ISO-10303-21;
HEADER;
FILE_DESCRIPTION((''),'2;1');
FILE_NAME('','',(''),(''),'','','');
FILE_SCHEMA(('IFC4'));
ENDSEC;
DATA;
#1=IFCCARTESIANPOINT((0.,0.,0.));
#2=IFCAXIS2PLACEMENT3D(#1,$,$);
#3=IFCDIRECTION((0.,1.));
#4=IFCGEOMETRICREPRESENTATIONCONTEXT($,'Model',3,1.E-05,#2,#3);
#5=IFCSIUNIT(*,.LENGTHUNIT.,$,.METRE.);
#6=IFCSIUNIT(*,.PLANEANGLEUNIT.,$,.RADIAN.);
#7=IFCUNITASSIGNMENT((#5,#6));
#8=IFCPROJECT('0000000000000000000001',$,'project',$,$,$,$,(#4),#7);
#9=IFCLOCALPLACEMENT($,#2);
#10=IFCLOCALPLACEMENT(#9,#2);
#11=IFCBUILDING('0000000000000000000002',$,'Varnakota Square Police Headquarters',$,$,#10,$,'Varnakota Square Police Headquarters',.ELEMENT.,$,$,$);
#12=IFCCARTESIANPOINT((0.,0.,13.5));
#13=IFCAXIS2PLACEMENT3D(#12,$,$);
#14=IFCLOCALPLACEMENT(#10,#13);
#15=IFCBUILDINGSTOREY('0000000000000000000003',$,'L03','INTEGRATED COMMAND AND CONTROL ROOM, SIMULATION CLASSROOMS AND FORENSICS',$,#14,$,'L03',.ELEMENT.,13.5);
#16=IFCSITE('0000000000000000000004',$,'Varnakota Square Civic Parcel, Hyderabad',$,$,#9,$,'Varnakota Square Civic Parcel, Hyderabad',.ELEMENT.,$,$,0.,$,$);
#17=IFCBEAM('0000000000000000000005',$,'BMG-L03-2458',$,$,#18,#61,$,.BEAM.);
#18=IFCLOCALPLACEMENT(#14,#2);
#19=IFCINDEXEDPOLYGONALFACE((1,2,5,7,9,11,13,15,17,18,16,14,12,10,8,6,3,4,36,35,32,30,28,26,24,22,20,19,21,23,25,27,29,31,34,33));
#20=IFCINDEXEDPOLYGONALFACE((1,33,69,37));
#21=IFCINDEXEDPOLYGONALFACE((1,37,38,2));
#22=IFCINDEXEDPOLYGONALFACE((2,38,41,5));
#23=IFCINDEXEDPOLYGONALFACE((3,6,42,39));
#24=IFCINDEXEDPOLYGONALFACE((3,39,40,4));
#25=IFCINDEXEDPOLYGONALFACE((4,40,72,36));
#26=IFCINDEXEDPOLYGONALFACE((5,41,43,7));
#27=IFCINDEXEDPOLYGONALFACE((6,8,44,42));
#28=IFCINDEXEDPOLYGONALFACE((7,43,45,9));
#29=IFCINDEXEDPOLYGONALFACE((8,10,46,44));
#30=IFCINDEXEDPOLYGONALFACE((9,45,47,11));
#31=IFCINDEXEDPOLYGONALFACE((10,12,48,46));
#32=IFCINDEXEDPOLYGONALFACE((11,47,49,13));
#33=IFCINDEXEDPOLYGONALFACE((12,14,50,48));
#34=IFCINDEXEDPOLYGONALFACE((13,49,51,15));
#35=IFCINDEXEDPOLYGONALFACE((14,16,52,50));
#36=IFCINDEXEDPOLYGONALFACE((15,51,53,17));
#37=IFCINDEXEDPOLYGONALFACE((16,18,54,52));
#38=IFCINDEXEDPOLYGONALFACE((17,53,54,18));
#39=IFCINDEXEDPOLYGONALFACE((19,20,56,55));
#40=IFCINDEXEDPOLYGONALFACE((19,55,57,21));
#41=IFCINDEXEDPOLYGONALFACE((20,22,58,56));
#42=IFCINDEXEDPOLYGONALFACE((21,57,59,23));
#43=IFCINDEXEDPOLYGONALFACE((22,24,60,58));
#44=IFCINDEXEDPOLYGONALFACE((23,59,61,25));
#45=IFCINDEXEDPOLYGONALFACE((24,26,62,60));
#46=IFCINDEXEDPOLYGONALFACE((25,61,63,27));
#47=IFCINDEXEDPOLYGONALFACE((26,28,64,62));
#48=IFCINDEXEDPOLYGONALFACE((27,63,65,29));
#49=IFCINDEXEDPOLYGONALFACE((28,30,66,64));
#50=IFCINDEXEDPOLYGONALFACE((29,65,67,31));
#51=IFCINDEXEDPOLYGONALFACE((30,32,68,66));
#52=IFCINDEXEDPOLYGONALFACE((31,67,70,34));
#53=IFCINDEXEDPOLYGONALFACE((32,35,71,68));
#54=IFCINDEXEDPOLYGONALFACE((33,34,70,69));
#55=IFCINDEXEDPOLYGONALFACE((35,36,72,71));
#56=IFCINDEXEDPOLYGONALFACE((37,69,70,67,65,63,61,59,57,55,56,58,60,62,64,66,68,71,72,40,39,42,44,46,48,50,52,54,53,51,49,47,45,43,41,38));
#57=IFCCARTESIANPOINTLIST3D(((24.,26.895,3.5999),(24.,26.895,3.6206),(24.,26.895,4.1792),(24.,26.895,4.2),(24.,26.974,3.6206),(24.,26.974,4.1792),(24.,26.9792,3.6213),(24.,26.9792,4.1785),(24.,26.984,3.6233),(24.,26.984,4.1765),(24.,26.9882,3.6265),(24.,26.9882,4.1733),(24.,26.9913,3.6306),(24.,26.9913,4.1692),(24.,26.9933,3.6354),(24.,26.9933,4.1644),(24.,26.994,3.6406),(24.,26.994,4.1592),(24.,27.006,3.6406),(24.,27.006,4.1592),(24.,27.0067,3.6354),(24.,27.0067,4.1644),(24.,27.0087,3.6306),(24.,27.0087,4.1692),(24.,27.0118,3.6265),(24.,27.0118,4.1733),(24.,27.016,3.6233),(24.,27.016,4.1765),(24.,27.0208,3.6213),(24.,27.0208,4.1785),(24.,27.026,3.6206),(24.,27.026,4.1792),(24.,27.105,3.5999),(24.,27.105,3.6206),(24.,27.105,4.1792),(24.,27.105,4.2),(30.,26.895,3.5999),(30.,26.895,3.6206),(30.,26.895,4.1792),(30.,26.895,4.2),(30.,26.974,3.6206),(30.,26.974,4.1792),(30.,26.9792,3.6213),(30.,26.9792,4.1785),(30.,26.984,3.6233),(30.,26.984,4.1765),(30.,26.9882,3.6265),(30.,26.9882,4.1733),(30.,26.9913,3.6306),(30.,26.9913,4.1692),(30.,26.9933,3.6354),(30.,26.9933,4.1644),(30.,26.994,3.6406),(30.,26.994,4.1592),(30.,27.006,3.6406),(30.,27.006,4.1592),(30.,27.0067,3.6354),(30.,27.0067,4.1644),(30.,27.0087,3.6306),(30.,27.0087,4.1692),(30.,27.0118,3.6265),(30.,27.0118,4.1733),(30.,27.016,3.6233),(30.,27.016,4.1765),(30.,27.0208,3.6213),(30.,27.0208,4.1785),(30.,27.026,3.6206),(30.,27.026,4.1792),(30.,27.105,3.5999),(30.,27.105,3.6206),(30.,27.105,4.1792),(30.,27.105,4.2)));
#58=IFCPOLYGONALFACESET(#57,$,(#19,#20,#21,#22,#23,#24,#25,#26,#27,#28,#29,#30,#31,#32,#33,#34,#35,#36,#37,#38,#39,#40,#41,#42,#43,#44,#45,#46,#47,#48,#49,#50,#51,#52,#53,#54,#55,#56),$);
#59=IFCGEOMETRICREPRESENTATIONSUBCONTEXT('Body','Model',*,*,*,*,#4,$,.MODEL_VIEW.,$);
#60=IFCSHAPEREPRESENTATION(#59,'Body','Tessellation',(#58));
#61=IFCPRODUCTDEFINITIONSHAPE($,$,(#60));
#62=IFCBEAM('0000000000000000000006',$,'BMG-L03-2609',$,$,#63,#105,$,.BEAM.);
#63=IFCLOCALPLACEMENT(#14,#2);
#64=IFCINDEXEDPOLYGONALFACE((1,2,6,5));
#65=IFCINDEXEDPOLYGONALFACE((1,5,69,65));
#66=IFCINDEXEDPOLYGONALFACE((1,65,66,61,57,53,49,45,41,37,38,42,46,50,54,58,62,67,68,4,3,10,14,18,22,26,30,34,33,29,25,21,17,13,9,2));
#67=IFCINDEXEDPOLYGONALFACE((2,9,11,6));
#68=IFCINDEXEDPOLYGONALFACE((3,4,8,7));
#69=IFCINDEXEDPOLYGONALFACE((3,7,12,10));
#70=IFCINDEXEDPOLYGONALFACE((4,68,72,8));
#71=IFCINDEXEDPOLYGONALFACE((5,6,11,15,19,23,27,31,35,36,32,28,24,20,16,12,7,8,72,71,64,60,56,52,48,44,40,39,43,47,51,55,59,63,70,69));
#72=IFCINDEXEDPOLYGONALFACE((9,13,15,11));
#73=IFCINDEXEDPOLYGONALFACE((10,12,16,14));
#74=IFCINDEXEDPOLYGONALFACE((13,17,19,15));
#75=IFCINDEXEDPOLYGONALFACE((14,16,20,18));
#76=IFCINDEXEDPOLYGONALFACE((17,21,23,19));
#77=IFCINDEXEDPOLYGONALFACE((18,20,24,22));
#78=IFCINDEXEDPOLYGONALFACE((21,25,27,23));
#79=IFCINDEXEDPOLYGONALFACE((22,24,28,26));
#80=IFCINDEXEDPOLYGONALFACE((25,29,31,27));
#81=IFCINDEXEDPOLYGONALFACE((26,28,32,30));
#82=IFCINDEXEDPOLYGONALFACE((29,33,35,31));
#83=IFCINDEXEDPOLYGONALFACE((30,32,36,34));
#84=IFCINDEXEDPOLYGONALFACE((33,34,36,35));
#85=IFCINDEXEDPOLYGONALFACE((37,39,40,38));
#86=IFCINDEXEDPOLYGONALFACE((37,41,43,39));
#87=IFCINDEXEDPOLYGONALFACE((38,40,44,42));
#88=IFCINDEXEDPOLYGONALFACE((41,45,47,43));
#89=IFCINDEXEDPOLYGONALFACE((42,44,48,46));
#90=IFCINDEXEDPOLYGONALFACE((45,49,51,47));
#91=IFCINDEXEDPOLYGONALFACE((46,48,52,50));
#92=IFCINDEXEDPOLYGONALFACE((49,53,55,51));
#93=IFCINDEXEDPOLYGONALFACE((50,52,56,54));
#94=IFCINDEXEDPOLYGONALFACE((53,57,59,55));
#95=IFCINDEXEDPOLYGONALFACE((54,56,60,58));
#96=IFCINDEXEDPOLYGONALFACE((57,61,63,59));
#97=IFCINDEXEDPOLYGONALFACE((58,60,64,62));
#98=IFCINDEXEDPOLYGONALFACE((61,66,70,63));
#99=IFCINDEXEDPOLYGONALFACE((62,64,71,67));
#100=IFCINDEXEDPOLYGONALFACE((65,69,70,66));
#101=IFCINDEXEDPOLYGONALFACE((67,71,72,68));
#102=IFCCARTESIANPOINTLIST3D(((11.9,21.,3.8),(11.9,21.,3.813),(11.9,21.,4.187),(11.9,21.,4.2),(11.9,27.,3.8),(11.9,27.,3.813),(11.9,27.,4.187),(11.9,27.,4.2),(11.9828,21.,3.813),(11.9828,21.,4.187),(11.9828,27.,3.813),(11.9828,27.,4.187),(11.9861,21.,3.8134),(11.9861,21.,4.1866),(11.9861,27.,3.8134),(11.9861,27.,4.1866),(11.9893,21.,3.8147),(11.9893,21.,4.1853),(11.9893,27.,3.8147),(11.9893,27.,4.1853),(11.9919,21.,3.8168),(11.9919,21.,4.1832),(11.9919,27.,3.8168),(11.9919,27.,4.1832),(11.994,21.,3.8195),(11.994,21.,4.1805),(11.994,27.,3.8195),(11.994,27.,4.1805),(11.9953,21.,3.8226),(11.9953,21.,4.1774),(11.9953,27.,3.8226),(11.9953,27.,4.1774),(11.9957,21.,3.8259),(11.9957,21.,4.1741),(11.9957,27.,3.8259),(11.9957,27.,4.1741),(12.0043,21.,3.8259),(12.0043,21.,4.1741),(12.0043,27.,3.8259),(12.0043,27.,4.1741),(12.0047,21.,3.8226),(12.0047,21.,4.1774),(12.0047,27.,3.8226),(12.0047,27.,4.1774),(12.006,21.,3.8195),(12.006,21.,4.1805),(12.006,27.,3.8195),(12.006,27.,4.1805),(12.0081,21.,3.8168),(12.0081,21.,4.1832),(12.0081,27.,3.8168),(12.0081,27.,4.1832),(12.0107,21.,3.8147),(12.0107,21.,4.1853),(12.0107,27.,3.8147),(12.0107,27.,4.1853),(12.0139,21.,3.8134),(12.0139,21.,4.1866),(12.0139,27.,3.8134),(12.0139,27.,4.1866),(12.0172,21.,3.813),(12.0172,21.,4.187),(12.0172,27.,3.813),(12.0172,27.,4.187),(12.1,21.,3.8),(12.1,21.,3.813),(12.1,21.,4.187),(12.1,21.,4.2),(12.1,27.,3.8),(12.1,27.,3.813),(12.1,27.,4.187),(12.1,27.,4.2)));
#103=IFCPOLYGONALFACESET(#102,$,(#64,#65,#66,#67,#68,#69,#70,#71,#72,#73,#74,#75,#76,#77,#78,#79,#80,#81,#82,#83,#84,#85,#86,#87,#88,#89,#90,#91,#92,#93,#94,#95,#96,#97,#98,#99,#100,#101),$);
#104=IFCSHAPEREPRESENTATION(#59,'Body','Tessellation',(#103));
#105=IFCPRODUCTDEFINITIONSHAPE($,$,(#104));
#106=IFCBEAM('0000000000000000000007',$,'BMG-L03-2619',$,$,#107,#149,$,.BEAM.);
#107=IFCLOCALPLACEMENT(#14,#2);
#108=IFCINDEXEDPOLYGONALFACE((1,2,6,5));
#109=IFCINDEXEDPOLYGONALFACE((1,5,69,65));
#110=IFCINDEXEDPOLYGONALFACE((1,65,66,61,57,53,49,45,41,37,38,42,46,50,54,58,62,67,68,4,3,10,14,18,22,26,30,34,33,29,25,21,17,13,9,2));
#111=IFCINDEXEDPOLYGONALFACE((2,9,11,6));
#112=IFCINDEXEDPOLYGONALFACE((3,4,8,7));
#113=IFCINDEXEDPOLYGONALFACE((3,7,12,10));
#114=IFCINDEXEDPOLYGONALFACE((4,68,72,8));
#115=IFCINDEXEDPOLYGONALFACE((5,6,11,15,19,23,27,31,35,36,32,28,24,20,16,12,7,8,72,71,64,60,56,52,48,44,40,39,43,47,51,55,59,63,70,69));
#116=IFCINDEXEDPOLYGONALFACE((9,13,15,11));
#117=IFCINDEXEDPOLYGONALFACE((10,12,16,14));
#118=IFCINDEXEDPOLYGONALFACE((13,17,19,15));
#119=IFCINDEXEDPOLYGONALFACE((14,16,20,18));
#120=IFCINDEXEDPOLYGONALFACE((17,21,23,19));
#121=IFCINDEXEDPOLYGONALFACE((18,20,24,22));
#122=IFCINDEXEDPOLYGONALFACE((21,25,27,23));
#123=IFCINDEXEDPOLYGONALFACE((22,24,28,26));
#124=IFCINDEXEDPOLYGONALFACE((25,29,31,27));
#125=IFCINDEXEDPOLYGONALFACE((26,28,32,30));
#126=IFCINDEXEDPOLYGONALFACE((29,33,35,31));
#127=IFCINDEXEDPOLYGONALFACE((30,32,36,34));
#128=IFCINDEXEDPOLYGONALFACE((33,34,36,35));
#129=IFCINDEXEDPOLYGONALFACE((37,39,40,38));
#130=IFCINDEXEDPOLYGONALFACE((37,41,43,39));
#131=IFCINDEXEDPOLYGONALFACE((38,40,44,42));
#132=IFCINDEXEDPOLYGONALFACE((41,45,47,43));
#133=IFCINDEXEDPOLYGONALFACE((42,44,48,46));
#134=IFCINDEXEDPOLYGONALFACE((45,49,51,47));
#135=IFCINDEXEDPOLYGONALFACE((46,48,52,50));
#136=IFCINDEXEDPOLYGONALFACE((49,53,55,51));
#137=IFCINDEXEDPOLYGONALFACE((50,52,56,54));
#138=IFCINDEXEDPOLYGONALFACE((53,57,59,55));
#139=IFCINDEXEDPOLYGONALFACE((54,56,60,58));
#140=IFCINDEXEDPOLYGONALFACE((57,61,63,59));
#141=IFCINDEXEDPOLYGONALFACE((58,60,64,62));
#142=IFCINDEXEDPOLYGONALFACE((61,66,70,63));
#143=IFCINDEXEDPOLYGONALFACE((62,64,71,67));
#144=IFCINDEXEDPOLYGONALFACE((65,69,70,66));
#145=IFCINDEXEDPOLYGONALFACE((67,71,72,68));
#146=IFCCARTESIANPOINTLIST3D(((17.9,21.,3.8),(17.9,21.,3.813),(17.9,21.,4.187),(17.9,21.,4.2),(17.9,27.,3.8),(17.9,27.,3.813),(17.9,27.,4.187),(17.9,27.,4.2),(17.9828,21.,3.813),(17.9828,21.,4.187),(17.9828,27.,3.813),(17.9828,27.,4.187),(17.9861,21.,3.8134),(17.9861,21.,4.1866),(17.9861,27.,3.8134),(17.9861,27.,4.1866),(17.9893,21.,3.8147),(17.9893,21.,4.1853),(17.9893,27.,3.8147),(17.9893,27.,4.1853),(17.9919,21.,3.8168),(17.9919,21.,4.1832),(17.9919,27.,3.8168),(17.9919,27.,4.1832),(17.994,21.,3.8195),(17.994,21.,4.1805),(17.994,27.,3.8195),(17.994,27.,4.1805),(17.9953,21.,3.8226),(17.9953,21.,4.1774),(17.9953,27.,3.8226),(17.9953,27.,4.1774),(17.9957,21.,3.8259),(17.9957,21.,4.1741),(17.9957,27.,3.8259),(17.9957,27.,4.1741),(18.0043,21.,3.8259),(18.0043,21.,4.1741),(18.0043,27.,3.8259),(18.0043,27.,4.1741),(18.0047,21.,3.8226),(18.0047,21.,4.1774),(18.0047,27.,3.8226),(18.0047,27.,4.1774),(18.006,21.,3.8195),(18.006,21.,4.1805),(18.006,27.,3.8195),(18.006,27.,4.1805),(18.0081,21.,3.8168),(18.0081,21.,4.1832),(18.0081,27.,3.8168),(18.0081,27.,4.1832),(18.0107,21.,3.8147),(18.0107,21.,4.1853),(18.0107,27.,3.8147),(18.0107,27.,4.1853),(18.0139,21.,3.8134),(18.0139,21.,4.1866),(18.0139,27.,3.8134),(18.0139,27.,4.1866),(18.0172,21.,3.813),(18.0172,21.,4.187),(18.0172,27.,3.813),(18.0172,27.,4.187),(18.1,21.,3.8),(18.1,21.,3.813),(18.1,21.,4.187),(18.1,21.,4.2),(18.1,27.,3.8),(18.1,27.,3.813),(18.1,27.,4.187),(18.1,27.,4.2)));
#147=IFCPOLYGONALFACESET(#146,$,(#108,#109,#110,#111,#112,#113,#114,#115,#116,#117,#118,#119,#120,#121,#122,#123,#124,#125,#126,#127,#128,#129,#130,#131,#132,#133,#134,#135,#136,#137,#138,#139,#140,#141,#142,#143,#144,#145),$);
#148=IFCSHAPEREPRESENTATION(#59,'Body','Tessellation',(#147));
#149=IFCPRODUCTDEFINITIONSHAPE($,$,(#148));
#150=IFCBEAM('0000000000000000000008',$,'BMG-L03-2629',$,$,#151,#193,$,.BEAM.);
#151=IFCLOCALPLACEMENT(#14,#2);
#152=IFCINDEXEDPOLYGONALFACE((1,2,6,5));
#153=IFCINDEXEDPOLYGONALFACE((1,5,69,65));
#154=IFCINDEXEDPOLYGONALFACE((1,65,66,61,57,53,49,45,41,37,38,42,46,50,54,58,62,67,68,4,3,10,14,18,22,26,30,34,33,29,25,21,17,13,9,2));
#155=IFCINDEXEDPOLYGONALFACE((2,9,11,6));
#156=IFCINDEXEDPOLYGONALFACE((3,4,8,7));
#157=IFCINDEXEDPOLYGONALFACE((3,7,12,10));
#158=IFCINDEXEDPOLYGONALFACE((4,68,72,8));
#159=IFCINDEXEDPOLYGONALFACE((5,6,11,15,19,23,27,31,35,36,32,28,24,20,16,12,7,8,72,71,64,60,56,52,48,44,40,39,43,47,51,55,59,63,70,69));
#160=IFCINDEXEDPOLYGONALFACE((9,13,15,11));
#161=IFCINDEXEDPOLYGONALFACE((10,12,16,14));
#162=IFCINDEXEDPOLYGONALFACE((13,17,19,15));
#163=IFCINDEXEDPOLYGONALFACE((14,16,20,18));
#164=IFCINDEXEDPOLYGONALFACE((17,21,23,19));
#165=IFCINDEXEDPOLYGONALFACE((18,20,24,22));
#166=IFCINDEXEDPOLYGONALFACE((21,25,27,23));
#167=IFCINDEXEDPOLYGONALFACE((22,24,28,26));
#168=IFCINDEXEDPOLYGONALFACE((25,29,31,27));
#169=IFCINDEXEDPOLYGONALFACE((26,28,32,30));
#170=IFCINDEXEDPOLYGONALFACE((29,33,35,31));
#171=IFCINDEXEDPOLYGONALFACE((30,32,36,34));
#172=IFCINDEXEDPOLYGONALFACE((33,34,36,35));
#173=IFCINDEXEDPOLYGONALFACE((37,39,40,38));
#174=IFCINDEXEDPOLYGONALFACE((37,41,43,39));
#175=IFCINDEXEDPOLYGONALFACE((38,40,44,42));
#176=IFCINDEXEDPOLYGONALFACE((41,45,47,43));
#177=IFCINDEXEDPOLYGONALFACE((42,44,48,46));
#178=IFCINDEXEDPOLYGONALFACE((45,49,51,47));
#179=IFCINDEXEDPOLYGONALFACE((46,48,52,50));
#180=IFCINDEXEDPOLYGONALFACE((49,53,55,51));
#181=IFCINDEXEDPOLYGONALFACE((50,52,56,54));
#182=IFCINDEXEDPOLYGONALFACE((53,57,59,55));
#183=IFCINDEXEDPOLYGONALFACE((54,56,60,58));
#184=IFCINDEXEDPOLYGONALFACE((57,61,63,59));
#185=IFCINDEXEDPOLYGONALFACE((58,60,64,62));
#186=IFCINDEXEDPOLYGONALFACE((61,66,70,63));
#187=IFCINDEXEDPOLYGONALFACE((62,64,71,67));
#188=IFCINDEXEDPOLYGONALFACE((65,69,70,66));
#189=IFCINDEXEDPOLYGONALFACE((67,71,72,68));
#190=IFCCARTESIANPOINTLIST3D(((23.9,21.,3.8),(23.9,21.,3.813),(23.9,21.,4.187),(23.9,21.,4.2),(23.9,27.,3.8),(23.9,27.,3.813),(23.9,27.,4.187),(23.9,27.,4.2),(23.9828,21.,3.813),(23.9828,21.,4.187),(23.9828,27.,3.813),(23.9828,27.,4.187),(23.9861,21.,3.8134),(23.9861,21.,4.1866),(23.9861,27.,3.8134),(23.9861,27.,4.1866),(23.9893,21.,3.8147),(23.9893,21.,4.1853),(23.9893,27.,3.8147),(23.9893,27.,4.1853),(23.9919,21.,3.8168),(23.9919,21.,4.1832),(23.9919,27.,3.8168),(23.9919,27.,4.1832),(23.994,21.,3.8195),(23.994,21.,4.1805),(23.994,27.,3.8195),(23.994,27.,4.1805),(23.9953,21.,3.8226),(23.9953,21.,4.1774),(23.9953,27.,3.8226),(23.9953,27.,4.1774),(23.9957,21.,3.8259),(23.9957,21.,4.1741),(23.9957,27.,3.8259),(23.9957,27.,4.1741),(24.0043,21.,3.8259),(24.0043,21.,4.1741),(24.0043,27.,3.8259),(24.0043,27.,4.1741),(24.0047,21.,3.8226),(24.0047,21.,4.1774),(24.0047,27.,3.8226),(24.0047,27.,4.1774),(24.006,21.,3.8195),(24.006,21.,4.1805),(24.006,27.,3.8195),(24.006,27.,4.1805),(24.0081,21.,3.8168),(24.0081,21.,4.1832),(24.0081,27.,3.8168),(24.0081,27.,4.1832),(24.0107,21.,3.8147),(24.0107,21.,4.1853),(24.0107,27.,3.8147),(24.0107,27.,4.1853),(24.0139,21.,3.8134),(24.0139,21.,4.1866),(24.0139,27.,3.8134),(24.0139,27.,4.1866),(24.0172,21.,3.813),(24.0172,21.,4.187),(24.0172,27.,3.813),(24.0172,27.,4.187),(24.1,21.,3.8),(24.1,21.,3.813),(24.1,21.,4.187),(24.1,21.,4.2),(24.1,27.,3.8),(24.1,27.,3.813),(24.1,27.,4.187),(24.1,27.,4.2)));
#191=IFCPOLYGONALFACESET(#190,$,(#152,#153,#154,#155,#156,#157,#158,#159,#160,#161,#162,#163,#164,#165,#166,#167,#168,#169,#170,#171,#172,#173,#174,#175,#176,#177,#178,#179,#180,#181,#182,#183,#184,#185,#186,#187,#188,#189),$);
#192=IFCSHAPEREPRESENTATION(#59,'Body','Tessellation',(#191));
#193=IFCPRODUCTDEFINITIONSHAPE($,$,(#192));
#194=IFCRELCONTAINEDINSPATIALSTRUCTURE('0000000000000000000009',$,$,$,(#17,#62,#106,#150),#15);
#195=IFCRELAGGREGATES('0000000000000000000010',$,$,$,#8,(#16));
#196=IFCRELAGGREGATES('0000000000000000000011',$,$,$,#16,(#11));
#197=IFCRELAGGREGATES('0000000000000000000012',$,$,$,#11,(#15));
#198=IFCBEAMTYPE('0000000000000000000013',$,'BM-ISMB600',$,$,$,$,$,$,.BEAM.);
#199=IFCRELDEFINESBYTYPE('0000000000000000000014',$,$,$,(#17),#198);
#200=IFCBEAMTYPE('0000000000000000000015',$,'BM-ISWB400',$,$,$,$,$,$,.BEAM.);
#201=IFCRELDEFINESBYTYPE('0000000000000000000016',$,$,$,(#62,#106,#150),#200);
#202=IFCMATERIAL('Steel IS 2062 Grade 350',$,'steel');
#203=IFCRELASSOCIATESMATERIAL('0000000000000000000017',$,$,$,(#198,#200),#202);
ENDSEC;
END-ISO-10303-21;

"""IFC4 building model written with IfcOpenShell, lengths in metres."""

from ifc_helpers import new_model, si_unit, direction, frame, origin, origin_2d, place, context, subcontext, project, spatial, i_section, extrude, material, material_profile, profile_set, type_object, element, save


model = new_model("IFC4")

# Units and contexts
model_context = context("Model", 3, precision=1e-05, world=origin(), true_north=direction((0.0, 1.0)))
body_context = subcontext(model_context, "Body", "Model", "MODEL_VIEW")
ifc_project = project(units=[si_unit("LENGTHUNIT", "METRE"), si_unit("PLANEANGLEUNIT", "RADIAN")], contexts=[model_context])

# Site, building, storey
site_placement = place(None, origin())
site = spatial("IfcSite", under=ifc_project, at=site_placement, Name="Varnakota Square Civic Parcel, Hyderabad", LongName="Varnakota Square Civic Parcel, Hyderabad", CompositionType="ELEMENT", RefElevation=0.0)
building_placement = place(site_placement, origin())
building = spatial("IfcBuilding", under=site, at=building_placement, Name="Varnakota Square Police Headquarters", LongName="Varnakota Square Police Headquarters", CompositionType="ELEMENT")
storey_placement = place(building_placement, frame((0.0, 0.0, 13.5)))
storey = spatial("IfcBuildingStorey", under=building, at=storey_placement, Name="L03", Description="INTEGRATED COMMAND AND CONTROL ROOM, SIMULATION CLASSROOMS AND FORENSICS", LongName="L03", CompositionType="ELEMENT", Elevation=13.5)

# Shared definitions
ifc_material_1 = material(Name="Steel IS 2062 Grade 350", Category="steel")

# Beams
ifc_material_profile_1 = material_profile(ifc_material_1, i_section(OverallWidth=0.21, OverallDepth=0.6001, WebThickness=0.012, FlangeThickness=0.0208, FilletRadius=0.02, at=origin_2d()), Name="ISMB 600")
ifc_profile_set_1 = profile_set([ifc_material_profile_1], Name="Steel IS 2062 Grade 350")
beam_type_1 = type_object("IfcBeamType", Name="BM-ISMB600", PredefinedType="BEAM", material=ifc_profile_set_1)
for number, where, z_axis, x_axis, name in (
    (1, (24.0, 27.0, 3.8999), (1.0, 0.0, 0.0), (0.0, 1.0, 0.0), "BMG-L03-2458"),
):
    element("IfcBeam", number, at=place(storey_placement, frame(where, z_axis=z_axis, x_axis=x_axis)), inside=storey, type_object=beam_type_1, Name=name, PredefinedType="BEAM", context=body_context, shape_type="SweptSolid", body=[
        extrude(i_section(OverallWidth=0.21, OverallDepth=0.6001, WebThickness=0.012, FlangeThickness=0.0208, FilletRadius=0.02, at=origin_2d()), origin(), (0.0, 0.0, 1.0), 6.0),
    ])
ifc_material_profile_2 = material_profile(ifc_material_1, i_section(OverallWidth=0.2, OverallDepth=0.3999, WebThickness=0.0085, FlangeThickness=0.0129, FilletRadius=0.0129, at=origin_2d()), Name="ISWB 400")
ifc_profile_set_2 = profile_set([ifc_material_profile_2], Name="Steel IS 2062 Grade 350")
beam_type_2 = type_object("IfcBeamType", Name="BM-ISWB400", PredefinedType="BEAM", material=ifc_profile_set_2)
for number, where, z_axis, x_axis, name in (
    (2, (12.0, 21.0, 4.0), (0.0, 1.0, 0.0), (-1.0, 0.0, 0.0), "BMG-L03-2609"),
    (3, (18.0, 21.0, 4.0), (0.0, 1.0, 0.0), (-1.0, 0.0, 0.0), "BMG-L03-2619"),
    (4, (24.0, 21.0, 4.0), (0.0, 1.0, 0.0), (-1.0, 0.0, 0.0), "BMG-L03-2629"),
):
    element("IfcBeam", number, at=place(storey_placement, frame(where, z_axis=z_axis, x_axis=x_axis)), inside=storey, type_object=beam_type_2, Name=name, PredefinedType="BEAM", context=body_context, shape_type="SweptSolid", body=[
        extrude(i_section(OverallWidth=0.2, OverallDepth=0.3999, WebThickness=0.0085, FlangeThickness=0.0129, FilletRadius=0.0129, at=origin_2d()), origin(), (0.0, 0.0, 1.0), 6.0),
    ])

save(model, "model.ifc")
